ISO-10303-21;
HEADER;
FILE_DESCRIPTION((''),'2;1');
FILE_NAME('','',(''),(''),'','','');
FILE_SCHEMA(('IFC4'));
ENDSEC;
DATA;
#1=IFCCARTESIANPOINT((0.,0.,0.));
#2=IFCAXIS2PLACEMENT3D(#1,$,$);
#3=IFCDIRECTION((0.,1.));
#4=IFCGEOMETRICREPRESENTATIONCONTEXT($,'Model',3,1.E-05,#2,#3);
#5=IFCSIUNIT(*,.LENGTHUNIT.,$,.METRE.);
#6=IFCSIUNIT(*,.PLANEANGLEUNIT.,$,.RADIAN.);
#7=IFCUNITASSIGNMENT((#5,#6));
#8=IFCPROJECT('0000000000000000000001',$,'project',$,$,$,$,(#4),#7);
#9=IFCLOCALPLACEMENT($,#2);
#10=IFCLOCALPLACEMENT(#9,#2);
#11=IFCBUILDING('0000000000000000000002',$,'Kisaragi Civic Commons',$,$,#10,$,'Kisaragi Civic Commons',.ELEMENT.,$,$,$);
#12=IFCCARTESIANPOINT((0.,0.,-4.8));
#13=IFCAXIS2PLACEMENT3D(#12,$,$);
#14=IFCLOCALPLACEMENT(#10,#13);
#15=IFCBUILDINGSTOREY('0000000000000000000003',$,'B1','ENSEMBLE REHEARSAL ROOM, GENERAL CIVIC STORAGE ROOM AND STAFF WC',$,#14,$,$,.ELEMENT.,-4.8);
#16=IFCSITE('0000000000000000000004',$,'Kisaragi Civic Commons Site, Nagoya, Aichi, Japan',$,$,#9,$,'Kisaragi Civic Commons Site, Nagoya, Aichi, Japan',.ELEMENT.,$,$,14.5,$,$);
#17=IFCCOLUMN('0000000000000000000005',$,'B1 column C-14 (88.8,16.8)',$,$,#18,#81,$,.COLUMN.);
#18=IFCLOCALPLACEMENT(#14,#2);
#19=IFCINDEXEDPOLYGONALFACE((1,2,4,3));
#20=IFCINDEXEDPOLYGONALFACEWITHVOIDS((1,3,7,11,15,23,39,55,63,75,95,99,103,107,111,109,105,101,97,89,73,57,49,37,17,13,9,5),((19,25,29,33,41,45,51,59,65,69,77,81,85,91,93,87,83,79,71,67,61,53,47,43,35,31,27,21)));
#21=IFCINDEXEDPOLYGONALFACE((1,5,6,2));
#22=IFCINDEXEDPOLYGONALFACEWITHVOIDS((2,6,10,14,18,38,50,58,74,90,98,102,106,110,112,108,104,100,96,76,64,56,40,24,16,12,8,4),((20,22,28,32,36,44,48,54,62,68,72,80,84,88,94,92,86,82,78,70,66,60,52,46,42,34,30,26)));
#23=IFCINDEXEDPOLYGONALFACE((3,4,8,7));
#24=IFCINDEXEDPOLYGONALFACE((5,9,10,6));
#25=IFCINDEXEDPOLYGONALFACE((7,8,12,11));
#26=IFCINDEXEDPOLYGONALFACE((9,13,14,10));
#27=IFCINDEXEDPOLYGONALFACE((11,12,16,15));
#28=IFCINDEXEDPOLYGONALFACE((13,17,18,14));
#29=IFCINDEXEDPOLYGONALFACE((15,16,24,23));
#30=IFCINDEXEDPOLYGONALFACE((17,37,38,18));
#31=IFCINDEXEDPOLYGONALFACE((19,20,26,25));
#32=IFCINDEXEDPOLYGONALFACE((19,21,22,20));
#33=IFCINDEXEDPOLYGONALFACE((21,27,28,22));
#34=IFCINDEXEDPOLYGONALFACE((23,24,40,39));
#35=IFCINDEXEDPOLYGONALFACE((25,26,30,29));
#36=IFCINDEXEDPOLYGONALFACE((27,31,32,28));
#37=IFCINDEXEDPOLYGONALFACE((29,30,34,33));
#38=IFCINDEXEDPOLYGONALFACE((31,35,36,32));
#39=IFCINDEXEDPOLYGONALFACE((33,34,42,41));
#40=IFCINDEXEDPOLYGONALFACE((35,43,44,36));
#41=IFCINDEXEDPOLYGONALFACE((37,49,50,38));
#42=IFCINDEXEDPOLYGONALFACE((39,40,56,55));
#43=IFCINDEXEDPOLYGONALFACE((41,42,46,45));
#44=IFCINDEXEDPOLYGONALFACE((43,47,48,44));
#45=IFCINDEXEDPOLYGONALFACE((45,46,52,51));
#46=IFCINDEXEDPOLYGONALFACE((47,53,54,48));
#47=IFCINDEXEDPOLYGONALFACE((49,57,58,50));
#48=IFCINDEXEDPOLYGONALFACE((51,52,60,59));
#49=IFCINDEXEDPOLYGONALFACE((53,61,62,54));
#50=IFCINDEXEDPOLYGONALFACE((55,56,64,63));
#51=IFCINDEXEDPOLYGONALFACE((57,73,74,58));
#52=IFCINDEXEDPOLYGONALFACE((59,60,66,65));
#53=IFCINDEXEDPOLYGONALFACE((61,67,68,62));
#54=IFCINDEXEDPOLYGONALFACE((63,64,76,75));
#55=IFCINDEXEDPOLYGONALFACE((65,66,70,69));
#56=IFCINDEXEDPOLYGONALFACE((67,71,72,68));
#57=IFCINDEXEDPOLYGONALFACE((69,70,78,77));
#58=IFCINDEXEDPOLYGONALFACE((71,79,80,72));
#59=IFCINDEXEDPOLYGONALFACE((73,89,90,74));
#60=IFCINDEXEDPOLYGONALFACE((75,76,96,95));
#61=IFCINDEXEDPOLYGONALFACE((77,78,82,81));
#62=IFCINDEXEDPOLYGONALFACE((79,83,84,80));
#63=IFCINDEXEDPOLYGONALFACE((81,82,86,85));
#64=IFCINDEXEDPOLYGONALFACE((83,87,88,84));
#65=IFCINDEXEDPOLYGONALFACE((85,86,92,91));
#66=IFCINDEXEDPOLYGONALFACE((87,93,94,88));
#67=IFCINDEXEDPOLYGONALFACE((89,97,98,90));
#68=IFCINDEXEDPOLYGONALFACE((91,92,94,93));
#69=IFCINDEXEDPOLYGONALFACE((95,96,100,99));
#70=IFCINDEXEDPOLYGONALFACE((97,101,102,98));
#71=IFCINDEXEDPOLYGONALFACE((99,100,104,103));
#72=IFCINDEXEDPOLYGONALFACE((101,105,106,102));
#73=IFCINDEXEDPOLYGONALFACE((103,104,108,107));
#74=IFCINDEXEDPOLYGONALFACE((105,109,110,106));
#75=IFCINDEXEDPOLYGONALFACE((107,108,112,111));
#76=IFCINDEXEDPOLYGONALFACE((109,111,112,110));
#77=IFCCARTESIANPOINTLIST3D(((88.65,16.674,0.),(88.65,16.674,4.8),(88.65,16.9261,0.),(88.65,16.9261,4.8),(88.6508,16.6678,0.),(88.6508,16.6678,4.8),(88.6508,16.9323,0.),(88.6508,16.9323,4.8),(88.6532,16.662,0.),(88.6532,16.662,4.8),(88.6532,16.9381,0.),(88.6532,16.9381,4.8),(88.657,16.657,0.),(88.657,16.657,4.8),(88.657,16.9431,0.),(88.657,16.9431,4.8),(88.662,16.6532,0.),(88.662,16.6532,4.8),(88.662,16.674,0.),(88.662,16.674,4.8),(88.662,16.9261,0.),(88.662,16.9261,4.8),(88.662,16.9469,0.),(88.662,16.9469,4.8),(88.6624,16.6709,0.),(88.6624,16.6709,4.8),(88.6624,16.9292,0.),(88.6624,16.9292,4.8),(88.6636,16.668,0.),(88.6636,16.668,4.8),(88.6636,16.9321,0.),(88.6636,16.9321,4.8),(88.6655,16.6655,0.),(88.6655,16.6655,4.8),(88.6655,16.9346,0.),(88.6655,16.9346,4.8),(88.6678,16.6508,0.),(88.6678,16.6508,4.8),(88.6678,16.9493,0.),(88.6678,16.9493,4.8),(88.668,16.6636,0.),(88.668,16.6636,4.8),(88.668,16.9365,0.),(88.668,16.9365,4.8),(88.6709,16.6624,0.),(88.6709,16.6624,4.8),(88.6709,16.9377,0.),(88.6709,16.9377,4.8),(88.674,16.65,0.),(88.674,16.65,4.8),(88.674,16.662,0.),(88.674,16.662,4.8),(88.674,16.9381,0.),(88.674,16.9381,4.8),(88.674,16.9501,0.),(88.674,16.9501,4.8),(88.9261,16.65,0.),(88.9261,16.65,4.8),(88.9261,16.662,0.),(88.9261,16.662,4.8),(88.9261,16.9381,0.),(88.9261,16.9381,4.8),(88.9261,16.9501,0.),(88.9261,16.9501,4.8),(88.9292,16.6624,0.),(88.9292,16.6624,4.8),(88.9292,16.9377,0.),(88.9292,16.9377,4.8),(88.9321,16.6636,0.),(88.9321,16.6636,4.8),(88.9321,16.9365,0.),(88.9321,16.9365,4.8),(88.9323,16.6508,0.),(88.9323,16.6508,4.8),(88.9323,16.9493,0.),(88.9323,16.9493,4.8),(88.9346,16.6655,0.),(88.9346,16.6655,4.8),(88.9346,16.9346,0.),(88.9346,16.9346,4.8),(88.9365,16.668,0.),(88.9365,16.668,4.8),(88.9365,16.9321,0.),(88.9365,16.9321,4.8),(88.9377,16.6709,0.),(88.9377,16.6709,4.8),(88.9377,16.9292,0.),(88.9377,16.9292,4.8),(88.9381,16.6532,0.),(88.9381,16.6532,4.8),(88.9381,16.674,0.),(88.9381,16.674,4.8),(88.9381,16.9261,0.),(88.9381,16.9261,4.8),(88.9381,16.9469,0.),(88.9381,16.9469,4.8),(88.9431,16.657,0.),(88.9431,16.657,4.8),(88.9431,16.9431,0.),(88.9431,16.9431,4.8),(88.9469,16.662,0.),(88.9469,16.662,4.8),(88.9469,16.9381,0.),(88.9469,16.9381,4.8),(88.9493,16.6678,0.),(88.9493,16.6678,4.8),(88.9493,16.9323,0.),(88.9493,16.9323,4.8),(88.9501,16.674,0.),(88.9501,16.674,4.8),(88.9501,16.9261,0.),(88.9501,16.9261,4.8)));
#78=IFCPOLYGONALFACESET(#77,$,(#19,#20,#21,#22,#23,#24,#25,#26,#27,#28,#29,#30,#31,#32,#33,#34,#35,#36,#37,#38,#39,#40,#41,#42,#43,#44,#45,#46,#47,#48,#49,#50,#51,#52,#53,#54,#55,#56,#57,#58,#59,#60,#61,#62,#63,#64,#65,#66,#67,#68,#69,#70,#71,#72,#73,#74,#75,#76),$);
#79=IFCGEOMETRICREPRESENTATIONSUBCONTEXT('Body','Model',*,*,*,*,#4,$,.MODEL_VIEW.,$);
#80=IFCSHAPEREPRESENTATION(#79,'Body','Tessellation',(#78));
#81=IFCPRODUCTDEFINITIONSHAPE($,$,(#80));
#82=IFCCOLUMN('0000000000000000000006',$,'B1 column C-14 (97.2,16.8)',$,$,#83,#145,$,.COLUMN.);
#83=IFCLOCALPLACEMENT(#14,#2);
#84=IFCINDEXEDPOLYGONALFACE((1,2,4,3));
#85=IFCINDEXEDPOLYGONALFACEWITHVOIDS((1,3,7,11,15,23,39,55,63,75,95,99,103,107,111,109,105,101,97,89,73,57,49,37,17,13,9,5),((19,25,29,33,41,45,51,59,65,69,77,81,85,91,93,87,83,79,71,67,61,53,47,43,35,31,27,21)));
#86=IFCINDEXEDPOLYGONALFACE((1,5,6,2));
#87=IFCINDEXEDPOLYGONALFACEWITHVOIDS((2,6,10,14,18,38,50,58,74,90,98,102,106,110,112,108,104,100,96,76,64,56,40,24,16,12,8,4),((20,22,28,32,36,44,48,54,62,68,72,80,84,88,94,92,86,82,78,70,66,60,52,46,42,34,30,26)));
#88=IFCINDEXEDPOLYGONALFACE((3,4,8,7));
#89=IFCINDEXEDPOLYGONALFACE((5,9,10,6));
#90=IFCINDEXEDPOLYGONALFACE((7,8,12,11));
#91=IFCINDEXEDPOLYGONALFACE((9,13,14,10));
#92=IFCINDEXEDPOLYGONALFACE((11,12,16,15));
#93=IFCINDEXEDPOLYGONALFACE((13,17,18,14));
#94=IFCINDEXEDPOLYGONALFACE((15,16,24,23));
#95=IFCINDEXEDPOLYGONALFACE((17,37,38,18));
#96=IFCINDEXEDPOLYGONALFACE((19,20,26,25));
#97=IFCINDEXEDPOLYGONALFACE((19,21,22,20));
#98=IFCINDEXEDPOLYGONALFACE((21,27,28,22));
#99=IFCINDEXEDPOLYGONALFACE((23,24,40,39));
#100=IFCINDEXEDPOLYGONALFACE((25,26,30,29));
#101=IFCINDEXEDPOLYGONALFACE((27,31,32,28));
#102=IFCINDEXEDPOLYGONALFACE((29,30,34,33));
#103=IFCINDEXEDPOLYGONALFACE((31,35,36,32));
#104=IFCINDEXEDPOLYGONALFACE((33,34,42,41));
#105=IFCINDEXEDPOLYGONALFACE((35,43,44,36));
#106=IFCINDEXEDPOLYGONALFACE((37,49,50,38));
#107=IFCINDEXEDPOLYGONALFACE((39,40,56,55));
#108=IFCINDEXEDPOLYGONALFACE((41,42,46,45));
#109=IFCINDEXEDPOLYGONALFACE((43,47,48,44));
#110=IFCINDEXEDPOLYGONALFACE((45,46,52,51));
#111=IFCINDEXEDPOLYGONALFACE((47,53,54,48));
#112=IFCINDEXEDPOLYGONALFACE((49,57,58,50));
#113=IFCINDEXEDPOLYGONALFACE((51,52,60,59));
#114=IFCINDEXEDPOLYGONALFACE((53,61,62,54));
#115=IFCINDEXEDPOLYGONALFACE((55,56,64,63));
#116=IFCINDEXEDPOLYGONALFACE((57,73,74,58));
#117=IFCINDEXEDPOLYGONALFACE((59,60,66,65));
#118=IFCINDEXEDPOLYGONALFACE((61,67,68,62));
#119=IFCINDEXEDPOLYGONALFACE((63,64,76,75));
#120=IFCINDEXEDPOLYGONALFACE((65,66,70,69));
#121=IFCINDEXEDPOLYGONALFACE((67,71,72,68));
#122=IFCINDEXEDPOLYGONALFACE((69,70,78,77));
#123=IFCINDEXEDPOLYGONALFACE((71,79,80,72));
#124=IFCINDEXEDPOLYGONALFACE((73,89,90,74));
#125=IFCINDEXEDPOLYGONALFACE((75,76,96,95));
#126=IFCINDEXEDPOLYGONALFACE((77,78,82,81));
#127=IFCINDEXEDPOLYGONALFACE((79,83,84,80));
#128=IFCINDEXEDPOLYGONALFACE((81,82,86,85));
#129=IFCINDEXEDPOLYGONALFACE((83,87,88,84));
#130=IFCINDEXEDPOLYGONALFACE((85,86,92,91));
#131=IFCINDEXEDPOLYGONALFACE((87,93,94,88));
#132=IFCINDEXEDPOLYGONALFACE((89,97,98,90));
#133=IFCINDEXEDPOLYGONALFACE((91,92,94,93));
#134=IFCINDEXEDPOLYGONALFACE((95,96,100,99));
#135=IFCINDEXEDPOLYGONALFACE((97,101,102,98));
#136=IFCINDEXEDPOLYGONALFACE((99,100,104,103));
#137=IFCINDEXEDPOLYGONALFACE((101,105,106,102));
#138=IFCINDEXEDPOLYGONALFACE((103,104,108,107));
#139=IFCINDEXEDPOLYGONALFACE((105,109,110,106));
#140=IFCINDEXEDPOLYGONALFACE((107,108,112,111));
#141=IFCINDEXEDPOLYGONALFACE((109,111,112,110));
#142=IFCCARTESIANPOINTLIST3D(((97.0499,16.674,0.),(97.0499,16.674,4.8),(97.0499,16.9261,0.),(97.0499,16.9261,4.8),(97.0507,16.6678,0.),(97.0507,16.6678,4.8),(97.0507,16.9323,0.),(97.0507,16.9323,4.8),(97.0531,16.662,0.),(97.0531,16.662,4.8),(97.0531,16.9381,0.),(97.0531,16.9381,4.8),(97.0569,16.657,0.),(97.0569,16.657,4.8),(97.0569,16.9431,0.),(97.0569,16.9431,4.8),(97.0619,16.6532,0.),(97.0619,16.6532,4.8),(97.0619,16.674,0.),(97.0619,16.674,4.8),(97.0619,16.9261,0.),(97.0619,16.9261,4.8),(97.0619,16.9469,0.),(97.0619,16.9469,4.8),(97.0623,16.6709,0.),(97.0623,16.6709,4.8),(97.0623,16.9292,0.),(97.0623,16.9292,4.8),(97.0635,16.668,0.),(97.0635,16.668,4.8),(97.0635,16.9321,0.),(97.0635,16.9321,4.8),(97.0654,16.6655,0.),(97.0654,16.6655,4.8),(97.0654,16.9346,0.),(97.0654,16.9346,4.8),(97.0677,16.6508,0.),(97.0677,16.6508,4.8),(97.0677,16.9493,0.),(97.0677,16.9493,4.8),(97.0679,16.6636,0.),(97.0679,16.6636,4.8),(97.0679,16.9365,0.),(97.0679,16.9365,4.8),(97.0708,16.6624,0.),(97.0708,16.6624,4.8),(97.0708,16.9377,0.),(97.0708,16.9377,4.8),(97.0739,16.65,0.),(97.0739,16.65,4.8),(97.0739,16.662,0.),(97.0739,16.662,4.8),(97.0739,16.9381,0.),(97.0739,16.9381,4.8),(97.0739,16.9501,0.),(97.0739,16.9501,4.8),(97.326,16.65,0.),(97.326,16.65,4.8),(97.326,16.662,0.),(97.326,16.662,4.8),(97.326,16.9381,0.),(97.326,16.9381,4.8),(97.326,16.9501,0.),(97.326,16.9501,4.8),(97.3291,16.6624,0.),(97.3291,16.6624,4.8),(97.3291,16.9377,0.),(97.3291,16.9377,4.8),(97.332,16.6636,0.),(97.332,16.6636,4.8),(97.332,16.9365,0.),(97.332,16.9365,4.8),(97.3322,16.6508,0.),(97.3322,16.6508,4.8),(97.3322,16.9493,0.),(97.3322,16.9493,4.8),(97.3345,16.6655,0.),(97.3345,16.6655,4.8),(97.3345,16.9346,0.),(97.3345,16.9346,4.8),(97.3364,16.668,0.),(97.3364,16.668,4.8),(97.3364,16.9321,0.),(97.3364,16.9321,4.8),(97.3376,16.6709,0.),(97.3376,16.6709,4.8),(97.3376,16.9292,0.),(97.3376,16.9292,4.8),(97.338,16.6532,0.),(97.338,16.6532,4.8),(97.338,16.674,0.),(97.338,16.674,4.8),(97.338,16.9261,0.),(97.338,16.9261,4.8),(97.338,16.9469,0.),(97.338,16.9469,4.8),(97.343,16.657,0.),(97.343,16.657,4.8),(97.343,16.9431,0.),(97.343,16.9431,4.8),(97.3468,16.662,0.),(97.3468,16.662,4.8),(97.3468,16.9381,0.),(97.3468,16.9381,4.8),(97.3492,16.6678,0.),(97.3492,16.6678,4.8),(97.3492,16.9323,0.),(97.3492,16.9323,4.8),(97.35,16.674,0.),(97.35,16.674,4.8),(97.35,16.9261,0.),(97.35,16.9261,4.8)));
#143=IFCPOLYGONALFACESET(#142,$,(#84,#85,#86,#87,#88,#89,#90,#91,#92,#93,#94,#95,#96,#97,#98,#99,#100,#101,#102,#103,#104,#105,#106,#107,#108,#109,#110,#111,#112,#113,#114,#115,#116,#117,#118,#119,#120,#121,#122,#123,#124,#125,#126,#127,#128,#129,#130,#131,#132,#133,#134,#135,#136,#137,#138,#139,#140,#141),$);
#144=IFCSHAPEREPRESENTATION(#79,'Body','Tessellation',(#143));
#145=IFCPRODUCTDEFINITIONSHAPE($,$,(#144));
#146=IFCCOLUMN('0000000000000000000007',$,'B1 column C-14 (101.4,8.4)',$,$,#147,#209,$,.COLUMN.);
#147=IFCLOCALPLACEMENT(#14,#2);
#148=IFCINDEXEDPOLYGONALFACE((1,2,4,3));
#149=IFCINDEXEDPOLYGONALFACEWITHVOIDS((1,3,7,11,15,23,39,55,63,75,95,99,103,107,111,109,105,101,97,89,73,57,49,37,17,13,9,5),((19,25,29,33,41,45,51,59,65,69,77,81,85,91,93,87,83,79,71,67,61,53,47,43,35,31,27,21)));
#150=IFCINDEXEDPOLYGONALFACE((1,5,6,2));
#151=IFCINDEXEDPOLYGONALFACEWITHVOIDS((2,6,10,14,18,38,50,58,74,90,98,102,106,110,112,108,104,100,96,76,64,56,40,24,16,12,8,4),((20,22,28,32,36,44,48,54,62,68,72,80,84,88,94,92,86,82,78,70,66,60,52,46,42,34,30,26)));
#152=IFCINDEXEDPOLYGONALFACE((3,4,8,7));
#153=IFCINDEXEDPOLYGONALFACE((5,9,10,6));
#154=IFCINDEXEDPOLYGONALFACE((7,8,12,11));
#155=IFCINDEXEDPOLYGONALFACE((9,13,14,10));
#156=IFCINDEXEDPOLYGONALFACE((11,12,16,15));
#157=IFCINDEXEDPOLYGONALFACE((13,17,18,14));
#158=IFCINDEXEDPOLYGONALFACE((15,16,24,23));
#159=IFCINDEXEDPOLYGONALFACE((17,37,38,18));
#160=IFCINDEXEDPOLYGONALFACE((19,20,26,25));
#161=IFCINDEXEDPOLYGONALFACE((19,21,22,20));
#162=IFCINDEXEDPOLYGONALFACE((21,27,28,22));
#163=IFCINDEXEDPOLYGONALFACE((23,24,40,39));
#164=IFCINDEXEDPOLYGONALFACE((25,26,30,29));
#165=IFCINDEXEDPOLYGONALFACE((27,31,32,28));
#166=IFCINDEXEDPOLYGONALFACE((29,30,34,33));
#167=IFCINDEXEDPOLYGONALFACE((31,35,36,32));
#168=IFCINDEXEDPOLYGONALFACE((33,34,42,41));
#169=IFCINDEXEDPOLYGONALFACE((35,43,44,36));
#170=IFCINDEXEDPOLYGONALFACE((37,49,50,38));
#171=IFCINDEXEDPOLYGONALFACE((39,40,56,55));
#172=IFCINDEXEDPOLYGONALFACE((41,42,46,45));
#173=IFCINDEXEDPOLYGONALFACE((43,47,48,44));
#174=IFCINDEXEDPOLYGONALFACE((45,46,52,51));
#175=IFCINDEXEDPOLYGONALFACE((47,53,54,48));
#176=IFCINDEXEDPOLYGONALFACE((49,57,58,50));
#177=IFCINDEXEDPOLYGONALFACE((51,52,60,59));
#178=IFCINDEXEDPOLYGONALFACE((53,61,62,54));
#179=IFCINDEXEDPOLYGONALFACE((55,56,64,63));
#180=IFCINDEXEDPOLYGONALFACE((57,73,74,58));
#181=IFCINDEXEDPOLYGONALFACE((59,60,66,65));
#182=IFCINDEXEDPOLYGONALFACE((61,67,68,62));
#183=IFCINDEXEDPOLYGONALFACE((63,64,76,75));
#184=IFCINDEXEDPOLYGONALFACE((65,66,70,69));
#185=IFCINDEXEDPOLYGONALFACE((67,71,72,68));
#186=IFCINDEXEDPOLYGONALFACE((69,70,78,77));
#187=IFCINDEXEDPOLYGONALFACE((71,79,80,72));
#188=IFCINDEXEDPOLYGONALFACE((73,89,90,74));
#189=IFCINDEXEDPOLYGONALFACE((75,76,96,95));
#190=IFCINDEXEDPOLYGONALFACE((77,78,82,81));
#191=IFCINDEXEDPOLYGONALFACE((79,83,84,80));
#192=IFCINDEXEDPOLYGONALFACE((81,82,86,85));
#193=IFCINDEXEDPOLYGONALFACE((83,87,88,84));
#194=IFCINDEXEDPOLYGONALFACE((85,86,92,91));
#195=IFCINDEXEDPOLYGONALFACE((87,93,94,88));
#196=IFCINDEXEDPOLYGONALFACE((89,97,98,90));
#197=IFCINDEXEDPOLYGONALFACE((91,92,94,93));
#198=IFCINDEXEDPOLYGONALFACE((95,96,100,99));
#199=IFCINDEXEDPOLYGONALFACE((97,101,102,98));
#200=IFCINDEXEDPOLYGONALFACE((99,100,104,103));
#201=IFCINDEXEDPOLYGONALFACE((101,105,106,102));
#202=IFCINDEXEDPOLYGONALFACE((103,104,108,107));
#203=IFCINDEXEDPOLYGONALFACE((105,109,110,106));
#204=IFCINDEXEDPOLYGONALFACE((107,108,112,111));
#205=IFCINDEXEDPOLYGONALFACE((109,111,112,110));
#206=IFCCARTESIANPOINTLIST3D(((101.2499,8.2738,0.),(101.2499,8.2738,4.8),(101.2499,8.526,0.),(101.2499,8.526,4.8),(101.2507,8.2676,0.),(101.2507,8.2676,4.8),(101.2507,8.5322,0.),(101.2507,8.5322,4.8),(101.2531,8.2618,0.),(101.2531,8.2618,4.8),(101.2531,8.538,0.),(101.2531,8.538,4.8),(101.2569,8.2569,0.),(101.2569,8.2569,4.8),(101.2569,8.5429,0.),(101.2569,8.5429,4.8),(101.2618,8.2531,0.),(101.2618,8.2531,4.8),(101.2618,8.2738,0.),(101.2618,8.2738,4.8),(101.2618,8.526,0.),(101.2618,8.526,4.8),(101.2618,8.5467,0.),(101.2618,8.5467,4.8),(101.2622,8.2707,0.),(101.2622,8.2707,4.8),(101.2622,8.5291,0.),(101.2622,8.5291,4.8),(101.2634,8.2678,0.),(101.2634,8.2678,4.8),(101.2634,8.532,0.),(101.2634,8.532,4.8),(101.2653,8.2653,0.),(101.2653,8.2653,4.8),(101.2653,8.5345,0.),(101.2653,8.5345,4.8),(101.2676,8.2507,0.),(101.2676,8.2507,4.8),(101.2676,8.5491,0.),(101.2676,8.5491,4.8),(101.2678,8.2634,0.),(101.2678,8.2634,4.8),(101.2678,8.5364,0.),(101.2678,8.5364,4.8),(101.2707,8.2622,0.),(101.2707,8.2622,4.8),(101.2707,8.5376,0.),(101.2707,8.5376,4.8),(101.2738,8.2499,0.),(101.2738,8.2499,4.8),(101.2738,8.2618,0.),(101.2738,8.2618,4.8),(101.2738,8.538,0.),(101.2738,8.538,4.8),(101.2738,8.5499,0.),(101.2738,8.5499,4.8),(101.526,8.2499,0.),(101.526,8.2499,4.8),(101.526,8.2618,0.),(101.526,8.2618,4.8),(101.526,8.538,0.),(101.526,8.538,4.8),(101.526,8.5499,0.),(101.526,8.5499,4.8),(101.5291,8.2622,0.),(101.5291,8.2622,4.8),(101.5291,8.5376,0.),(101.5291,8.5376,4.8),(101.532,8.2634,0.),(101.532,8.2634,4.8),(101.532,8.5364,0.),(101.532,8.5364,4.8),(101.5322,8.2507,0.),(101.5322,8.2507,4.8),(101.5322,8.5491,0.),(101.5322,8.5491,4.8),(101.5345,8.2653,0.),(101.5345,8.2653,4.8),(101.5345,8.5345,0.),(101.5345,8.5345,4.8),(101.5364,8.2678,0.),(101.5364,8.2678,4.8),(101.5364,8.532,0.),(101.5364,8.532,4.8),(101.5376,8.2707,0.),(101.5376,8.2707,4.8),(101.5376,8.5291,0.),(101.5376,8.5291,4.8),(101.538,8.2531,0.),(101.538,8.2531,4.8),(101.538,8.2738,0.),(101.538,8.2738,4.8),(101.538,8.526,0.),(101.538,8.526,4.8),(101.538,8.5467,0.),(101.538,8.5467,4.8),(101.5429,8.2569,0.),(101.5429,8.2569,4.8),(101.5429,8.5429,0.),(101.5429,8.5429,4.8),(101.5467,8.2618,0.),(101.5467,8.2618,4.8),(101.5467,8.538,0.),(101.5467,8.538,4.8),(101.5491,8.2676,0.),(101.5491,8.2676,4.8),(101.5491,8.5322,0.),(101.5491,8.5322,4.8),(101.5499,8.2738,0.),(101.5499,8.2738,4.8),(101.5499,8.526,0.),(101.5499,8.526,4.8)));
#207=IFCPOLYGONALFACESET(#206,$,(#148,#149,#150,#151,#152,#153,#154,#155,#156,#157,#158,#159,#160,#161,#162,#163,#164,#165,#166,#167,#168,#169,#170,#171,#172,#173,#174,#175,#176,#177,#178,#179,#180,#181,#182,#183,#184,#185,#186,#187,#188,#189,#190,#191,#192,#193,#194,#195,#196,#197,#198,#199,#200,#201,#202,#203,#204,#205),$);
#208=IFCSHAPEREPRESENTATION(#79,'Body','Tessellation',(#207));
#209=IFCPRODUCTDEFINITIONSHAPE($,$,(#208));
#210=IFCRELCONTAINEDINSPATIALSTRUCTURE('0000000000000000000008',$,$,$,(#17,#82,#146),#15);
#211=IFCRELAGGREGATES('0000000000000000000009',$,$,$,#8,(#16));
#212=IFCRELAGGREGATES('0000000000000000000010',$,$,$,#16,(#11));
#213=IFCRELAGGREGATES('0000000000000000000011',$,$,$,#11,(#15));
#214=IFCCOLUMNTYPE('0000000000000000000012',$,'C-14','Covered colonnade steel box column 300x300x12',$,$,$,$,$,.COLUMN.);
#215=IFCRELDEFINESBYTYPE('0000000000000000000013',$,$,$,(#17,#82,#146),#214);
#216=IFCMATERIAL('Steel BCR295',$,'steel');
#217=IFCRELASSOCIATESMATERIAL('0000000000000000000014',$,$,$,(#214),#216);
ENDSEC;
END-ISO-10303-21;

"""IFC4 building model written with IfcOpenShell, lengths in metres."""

from ifc_helpers import new_model, si_unit, direction, frame, origin, origin_2d, place, context, subcontext, project, spatial, hollow_rectangle, extrude, material, material_profile, profile_set, type_object, element, save


model = new_model("IFC4")

# Units and contexts
model_context = context("Model", 3, precision=1e-05, world=origin(), true_north=direction((0.0, 1.0)))
body_context = subcontext(model_context, "Body", "Model", "MODEL_VIEW")
ifc_project = project(units=[si_unit("LENGTHUNIT", "METRE"), si_unit("PLANEANGLEUNIT", "RADIAN")], contexts=[model_context])

# Site, building, storey
site_placement = place(None, origin())
site = spatial("IfcSite", under=ifc_project, at=site_placement, Name="Kisaragi Civic Commons Site, Nagoya, Aichi, Japan", LongName="Kisaragi Civic Commons Site, Nagoya, Aichi, Japan", CompositionType="ELEMENT", RefElevation=14.5)
building_placement = place(site_placement, origin())
building = spatial("IfcBuilding", under=site, at=building_placement, Name="Kisaragi Civic Commons", LongName="Kisaragi Civic Commons", CompositionType="ELEMENT")
storey_placement = place(building_placement, frame((0.0, 0.0, -4.8)))
storey = spatial("IfcBuildingStorey", under=building, at=storey_placement, Name="B1", Description="ENSEMBLE REHEARSAL ROOM, GENERAL CIVIC STORAGE ROOM AND STAFF WC", CompositionType="ELEMENT", Elevation=-4.8)

# Columns
ifc_material_1 = material(Name="Steel BCR295", Category="steel")
ifc_material_profile_1 = material_profile(ifc_material_1, hollow_rectangle(XDim=0.3, YDim=0.3, WallThickness=0.012, InnerFilletRadius=0.012, OuterFilletRadius=0.0239, at=origin_2d()), Name="BCR-300x300x12", Category="steel")
ifc_profile_set_1 = profile_set([ifc_material_profile_1], Name="Steel BCR295")
column_type_1 = type_object("IfcColumnType", Name="C-14", Description="Covered colonnade steel box column 300x300x12", PredefinedType="COLUMN", material=ifc_profile_set_1)
for number, where, z_axis, x_axis, name in (
    (1, (88.8, 16.8, 0.0), (0.0, 0.0, 1.0), (1.0, 0.0, 0.0), "B1 column C-14 (88.8,16.8)"),
    (2, (97.2, 16.8, 0.0), (0.0, 0.0, 1.0), (1.0, 0.0, 0.0), "B1 column C-14 (97.2,16.8)"),
    (3, (101.3999, 8.3999, 0.0), (0.0, 0.0, 1.0), (1.0, 0.0, 0.0), "B1 column C-14 (101.4,8.4)"),
):
    element("IfcColumn", number, at=place(storey_placement, frame(where, z_axis=z_axis, x_axis=x_axis)), inside=storey, type_object=column_type_1, Name=name, PredefinedType="COLUMN", context=body_context, shape_type="SweptSolid", body=[
        extrude(hollow_rectangle(XDim=0.3, YDim=0.3, WallThickness=0.012, InnerFilletRadius=0.012, OuterFilletRadius=0.0239, at=origin_2d()), origin(), (0.0, 0.0, 1.0), 4.8),
    ])

save(model, "model.ifc")
